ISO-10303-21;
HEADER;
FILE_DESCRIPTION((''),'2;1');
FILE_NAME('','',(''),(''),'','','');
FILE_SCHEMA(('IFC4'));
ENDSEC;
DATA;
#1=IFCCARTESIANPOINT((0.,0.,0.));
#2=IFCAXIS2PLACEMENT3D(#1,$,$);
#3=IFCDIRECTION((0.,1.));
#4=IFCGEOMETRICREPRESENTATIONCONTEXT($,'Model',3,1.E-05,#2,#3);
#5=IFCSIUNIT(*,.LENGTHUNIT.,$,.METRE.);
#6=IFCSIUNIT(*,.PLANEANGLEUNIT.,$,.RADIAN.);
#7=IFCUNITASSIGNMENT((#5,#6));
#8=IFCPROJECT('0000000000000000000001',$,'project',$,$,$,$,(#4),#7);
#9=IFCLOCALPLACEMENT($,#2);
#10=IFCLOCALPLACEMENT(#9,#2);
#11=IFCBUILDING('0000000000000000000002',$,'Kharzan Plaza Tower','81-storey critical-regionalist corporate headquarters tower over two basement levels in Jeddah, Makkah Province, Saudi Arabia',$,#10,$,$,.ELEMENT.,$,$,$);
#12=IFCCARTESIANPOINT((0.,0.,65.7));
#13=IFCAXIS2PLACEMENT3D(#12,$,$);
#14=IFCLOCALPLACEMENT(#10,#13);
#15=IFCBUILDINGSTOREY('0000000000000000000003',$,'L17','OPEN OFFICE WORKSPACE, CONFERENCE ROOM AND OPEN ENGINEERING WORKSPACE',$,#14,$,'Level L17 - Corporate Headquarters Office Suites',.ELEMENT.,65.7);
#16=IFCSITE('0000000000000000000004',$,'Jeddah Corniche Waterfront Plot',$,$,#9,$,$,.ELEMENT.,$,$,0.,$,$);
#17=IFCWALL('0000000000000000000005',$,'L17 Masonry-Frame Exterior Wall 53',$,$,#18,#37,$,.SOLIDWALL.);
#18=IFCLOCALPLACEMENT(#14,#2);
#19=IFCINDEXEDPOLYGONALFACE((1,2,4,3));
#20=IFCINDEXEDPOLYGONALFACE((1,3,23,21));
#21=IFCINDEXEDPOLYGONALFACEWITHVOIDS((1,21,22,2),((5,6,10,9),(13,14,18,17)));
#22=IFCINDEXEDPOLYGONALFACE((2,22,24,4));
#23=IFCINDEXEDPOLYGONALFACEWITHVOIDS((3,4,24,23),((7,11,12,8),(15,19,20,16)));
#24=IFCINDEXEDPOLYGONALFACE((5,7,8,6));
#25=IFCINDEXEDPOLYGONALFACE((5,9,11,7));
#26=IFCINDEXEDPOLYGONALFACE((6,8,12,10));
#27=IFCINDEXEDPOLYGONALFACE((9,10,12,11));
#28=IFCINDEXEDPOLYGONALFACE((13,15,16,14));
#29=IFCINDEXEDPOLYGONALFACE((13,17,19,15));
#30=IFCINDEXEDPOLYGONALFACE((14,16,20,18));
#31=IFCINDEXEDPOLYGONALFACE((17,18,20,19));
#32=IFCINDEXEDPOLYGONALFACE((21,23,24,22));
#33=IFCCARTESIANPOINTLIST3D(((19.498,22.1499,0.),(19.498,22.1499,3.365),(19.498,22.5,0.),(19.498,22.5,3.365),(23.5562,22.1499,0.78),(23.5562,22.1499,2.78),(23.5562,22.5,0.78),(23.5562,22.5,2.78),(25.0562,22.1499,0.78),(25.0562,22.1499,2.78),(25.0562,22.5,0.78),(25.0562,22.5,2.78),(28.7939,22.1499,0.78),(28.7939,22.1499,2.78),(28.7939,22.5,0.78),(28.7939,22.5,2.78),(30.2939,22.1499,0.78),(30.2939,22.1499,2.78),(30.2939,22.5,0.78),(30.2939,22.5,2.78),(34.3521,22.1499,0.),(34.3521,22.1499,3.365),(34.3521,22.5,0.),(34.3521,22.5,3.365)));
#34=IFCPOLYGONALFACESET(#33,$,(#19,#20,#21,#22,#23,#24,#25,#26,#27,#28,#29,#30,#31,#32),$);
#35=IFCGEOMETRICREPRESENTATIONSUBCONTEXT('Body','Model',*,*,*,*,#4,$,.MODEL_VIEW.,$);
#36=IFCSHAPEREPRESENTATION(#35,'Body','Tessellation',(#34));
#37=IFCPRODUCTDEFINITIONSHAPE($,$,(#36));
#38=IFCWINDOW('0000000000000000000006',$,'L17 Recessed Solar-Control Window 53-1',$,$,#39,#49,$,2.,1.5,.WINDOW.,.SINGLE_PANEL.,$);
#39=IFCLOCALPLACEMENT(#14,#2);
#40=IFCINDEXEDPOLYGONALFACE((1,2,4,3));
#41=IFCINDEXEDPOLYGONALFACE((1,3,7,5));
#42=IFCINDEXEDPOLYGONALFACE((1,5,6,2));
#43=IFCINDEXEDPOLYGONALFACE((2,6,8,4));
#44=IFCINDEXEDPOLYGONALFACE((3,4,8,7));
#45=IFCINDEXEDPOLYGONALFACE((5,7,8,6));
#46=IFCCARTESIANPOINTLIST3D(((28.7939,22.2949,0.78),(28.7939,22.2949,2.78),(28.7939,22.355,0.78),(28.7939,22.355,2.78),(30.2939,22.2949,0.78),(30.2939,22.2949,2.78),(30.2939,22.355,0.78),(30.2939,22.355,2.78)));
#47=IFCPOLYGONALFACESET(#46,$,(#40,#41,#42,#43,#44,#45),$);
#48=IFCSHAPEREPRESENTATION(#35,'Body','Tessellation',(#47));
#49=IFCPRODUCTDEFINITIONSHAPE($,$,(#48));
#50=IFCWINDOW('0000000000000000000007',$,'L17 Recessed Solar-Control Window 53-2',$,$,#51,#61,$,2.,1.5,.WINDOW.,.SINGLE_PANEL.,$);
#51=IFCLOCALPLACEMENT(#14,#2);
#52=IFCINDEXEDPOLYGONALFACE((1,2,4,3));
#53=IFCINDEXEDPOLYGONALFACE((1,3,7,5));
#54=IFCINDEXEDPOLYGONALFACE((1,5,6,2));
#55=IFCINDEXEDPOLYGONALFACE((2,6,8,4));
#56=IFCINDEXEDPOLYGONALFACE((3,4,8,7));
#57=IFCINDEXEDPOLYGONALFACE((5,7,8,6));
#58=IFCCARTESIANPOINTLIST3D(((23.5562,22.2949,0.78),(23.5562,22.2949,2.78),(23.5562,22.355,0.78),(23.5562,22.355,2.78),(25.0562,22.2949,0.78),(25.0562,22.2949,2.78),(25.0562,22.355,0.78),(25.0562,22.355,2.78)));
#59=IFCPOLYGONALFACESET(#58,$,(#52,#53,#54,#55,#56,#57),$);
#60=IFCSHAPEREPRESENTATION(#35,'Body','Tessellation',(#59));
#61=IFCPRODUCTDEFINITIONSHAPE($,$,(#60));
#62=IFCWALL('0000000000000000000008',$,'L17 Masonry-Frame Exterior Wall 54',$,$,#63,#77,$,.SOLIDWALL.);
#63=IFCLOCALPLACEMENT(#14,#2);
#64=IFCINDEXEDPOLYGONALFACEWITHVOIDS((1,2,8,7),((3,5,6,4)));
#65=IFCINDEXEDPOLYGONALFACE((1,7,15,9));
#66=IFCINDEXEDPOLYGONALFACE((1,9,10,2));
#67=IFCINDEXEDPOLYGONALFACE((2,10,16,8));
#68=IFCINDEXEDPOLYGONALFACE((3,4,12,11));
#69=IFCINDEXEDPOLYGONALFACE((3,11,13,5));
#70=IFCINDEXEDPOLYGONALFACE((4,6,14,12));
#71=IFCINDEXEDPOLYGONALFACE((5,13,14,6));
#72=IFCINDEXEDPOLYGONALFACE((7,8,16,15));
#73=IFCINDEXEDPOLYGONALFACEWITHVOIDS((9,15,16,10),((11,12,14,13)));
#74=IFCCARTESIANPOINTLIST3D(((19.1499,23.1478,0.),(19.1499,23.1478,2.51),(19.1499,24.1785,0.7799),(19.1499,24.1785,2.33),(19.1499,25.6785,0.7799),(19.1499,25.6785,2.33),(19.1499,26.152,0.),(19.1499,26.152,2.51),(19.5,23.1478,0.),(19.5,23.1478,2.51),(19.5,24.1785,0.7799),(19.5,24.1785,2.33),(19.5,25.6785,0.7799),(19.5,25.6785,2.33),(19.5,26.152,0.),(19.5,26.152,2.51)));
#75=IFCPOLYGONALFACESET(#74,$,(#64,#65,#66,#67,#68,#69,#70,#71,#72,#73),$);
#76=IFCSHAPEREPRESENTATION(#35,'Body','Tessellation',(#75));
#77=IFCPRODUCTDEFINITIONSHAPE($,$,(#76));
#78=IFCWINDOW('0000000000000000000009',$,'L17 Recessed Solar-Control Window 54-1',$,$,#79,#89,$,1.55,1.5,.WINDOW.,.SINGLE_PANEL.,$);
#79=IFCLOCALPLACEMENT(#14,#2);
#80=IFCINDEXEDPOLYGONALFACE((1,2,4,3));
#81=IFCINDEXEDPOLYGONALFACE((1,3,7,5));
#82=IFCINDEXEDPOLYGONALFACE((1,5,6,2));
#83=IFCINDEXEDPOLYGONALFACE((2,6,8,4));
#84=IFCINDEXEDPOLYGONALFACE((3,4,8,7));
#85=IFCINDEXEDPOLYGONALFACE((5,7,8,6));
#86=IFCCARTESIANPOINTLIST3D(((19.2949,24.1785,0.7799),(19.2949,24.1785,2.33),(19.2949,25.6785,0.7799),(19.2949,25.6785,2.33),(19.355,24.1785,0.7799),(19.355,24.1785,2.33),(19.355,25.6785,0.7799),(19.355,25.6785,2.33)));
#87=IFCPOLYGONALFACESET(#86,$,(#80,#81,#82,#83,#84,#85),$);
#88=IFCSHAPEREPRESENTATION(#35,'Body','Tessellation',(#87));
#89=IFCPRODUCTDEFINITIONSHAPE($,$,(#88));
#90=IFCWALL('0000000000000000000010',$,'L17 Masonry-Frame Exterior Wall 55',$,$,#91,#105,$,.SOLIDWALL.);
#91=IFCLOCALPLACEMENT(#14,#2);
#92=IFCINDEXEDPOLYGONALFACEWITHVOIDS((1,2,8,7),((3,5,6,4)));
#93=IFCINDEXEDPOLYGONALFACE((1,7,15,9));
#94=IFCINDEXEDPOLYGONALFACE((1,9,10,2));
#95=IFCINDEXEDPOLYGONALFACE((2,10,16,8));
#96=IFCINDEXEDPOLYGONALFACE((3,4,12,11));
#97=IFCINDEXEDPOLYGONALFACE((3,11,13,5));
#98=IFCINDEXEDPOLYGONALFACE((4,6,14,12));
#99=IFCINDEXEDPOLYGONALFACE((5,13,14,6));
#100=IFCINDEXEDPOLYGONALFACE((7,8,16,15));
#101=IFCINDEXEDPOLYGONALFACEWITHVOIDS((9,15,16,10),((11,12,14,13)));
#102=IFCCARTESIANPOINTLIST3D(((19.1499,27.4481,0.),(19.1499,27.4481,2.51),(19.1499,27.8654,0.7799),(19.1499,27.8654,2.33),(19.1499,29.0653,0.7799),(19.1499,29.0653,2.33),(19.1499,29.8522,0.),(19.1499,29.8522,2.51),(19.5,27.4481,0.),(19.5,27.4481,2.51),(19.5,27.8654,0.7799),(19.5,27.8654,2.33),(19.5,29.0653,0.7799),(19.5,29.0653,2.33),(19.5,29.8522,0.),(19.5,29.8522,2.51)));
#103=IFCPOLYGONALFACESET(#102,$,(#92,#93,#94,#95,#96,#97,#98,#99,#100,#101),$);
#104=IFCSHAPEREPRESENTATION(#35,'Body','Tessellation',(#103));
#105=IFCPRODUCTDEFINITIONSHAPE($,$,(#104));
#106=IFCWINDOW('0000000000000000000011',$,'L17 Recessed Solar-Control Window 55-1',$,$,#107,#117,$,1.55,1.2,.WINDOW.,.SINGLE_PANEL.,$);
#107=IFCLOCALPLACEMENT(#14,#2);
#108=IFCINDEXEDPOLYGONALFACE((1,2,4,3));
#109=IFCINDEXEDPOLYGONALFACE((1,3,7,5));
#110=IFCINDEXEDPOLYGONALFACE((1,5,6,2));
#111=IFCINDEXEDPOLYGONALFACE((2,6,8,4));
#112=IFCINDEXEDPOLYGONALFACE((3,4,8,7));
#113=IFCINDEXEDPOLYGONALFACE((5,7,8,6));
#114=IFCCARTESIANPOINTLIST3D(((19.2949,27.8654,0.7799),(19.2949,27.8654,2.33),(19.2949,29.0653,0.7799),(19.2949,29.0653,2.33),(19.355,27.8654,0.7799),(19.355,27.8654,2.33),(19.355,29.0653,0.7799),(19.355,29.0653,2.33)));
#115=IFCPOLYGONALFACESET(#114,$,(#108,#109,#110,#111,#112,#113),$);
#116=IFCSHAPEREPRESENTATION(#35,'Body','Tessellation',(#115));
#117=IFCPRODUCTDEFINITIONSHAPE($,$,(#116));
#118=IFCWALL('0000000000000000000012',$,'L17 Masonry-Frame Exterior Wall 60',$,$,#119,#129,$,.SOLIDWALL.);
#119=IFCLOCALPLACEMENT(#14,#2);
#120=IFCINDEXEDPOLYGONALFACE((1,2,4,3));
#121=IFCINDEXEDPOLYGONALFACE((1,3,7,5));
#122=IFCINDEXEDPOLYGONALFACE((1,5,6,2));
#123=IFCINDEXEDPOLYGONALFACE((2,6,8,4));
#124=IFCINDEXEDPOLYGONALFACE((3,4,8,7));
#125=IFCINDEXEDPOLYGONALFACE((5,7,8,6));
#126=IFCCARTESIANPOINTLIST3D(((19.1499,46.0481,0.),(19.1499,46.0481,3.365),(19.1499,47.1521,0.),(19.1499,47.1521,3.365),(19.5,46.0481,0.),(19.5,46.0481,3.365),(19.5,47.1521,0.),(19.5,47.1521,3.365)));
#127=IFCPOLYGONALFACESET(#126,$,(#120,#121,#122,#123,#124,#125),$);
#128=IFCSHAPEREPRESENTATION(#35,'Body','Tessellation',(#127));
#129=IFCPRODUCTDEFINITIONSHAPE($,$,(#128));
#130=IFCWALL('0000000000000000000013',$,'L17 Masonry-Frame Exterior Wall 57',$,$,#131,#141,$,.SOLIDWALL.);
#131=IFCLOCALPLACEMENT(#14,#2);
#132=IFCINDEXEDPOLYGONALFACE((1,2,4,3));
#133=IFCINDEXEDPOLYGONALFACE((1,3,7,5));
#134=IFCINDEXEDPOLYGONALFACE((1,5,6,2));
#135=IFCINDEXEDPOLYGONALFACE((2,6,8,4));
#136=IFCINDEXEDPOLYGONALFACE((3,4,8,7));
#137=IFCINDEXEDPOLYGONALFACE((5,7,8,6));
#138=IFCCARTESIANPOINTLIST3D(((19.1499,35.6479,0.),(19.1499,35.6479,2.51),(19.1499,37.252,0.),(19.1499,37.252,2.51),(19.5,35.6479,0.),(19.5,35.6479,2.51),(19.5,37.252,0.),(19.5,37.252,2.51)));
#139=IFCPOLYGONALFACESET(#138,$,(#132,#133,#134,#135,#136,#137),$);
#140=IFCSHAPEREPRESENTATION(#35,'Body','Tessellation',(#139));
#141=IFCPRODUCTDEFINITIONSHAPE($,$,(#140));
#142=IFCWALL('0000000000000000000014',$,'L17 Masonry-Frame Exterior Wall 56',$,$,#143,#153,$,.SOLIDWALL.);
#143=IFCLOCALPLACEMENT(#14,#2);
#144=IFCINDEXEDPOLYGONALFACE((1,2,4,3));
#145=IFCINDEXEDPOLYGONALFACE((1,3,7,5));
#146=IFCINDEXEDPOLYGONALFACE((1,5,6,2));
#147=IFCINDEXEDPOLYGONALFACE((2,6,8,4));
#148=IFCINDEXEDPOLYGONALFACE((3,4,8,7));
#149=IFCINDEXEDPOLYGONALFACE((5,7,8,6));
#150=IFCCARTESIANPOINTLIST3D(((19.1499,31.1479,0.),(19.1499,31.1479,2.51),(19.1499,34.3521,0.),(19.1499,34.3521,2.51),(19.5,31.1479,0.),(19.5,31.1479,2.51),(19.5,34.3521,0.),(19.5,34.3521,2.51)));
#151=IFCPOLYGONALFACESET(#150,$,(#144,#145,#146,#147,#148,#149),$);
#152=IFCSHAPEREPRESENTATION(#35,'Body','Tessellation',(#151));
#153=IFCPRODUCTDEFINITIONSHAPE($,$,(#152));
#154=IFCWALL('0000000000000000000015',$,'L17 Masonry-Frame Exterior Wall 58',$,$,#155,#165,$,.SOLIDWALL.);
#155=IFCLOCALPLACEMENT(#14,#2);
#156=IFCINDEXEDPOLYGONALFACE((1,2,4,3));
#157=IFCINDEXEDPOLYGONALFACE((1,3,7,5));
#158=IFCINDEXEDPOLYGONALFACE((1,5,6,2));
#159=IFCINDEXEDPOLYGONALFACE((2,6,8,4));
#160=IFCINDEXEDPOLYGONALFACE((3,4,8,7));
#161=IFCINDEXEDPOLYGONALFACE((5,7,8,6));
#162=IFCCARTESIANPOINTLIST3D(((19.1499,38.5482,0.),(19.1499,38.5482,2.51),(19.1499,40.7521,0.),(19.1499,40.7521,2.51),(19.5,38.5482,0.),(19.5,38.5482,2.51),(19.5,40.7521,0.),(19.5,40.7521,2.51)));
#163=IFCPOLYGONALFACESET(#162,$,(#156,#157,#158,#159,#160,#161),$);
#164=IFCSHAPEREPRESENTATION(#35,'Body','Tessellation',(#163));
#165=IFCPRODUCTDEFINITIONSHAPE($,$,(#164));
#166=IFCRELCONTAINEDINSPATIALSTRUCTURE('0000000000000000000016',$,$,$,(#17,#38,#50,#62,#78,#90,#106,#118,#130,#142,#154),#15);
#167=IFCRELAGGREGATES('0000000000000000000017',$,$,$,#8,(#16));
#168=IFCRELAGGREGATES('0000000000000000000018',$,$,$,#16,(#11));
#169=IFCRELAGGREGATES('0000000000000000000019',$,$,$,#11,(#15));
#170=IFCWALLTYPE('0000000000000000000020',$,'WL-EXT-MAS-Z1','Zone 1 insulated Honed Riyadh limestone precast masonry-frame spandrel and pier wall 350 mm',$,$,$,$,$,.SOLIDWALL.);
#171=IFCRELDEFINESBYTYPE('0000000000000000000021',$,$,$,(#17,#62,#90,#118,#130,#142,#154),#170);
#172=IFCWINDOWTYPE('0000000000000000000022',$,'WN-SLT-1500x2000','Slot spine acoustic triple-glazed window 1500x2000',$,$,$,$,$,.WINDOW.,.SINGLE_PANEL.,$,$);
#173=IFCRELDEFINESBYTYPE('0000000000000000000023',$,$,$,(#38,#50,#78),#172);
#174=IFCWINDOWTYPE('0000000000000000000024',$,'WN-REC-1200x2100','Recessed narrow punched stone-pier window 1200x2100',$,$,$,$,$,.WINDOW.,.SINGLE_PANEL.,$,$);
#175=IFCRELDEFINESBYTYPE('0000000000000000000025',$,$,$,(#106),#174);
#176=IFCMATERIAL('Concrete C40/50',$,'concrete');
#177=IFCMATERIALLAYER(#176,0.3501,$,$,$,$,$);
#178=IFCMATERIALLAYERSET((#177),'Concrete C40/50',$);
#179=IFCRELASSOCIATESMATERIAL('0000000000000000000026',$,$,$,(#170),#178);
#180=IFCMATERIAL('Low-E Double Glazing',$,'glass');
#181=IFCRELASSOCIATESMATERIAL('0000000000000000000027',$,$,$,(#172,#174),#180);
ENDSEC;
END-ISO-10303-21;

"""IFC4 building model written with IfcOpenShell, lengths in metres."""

from ifc_helpers import new_model, si_unit, direction, frame, frame_2d, origin, place, context, subcontext, project, spatial, rectangle, extrude, source, transform, mapped, material, layer, layer_set, type_object, element, fill, save


model = new_model("IFC4")

# Units and contexts
model_context = context("Model", 3, precision=1e-05, world=origin(), true_north=direction((0.0, 1.0)))
body_context = subcontext(model_context, "Body", "Model", "MODEL_VIEW")
ifc_project = project(units=[si_unit("LENGTHUNIT", "METRE"), si_unit("PLANEANGLEUNIT", "RADIAN")], contexts=[model_context])

# Site, building, storey
site_placement = place(None, origin())
site = spatial("IfcSite", under=ifc_project, at=site_placement, Name="Jeddah Corniche Waterfront Plot", CompositionType="ELEMENT", RefElevation=0.0)
building_placement = place(site_placement, origin())
building = spatial("IfcBuilding", under=site, at=building_placement, Name="Kharzan Plaza Tower", Description="81-storey critical-regionalist corporate headquarters tower over two basement levels in Jeddah, Makkah Province, Saudi Arabia", CompositionType="ELEMENT")
storey_placement = place(building_placement, frame((0.0, 0.0, 65.7)))
storey = spatial("IfcBuildingStorey", under=building, at=storey_placement, Name="L17", Description="OPEN OFFICE WORKSPACE, CONFERENCE ROOM AND OPEN ENGINEERING WORKSPACE", LongName="Level L17 - Corporate Headquarters Office Suites", CompositionType="ELEMENT", Elevation=65.7)

# Shared definitions
ifc_material_1 = material(Name="Concrete C40/50", Category="concrete")
ifc_layer_1 = layer(ifc_material_1, 0.3501)
ifc_layer_set_1 = layer_set([ifc_layer_1], Name="Concrete C40/50")
wall_type = type_object("IfcWallType", Name="WL-EXT-MAS-Z1", Description="Zone 1 insulated Honed Riyadh limestone precast masonry-frame spandrel and pier wall 350 mm", PredefinedType="SOLIDWALL", material=ifc_layer_set_1)
ifc_material_2 = material(Name="Low-E Double Glazing", Category="glass")

# Wall, openings, windows
wall_1_placement = place(storey_placement, frame((34.3521, 22.325, 0.0), z_axis=(0.0, 0.0, 1.0), x_axis=(-1.0, 0.0, 0.0)))
wall_1 = element("IfcWall", 1, at=wall_1_placement, inside=storey, type_object=wall_type, Name="L17 Masonry-Frame Exterior Wall 53", PredefinedType="SOLIDWALL", context=body_context, shape_type="SweptSolid", body=[
    extrude(rectangle(XDim=14.854, YDim=0.3501, at=frame_2d((7.427, 0.0))), origin(), (0.0, 0.0, 1.0), 3.365),
])
opening_1_placement = place(wall_1_placement, frame((4.0581, 0.0, 0.78)))
opening_1 = element("IfcOpeningElement", 2, at=opening_1_placement, cuts=wall_1, PredefinedType="OPENING", context=body_context, shape_type="SweptSolid", body=[
    extrude(rectangle(XDim=1.5, YDim=2.0, at=frame_2d((0.75, 1.0))), frame((0.0, 0.1851, 0.0), z_axis=(0.0, -1.0, 0.0), x_axis=(1.0, 0.0, 0.0)), (0.0, 0.0, 1.0), 0.3701),
])
opening_2_placement = place(wall_1_placement, frame((9.2959, 0.0, 0.78)))
opening_2 = element("IfcOpeningElement", 3, at=opening_2_placement, cuts=wall_1, PredefinedType="OPENING", context=body_context, shape_type="SweptSolid", body=[
    extrude(rectangle(XDim=1.5, YDim=2.0, at=frame_2d((0.75, 1.0))), frame((0.0, 0.1851, 0.0), z_axis=(0.0, -1.0, 0.0), x_axis=(1.0, 0.0, 0.0)), (0.0, 0.0, 1.0), 0.3701),
])
window_type_1 = type_object("IfcWindowType", Name="WN-SLT-1500x2000", Description="Slot spine acoustic triple-glazed window 1500x2000", PartitioningType="SINGLE_PANEL", PredefinedType="WINDOW", material=ifc_material_2)
shared_shape_1 = source(origin(), body_context, "Body", "SweptSolid", [
    extrude(rectangle(XDim=1.5, YDim=2.0, at=frame_2d((0.75, 1.0))), frame((0.0, 0.03, 0.0), z_axis=(0.0, -1.0, 0.0), x_axis=(1.0, 0.0, 0.0)), (0.0, 0.0, 1.0), 0.0601),
])
window_1_placement = place(opening_1_placement, origin())
window_1 = element("IfcWindow", 4, at=window_1_placement, inside=storey, type_object=window_type_1, Name="L17 Recessed Solar-Control Window 53-1", OverallHeight=2.0, OverallWidth=1.5, PartitioningType="SINGLE_PANEL", PredefinedType="WINDOW", context=body_context, shape_type="MappedRepresentation", body=[
    mapped(shared_shape_1, transform((0.0, 0.0, 0.0), x_axis=(1.0, 0.0, 0.0), y_axis=(0.0, 1.0, 0.0), z_axis=(0.0, 0.0, 1.0))),
])
fill(opening_1, window_1)
window_2_placement = place(opening_2_placement, origin())
window_2 = element("IfcWindow", 5, at=window_2_placement, inside=storey, type_object=window_type_1, Name="L17 Recessed Solar-Control Window 53-2", OverallHeight=2.0, OverallWidth=1.5, PartitioningType="SINGLE_PANEL", PredefinedType="WINDOW", context=body_context, shape_type="MappedRepresentation", body=[
    mapped(shared_shape_1, transform((0.0, 0.0, 0.0), x_axis=(1.0, 0.0, 0.0), y_axis=(0.0, 1.0, 0.0), z_axis=(0.0, 0.0, 1.0))),
])
fill(opening_2, window_2)

# Walls, openings, windows
wall_2_placement = place(storey_placement, frame((19.325, 23.1479, 0.0), z_axis=(0.0, 0.0, 1.0), x_axis=(0.0, 1.0, 0.0)))
wall_2 = element("IfcWall", 6, at=wall_2_placement, inside=storey, type_object=wall_type, Name="L17 Masonry-Frame Exterior Wall 54", PredefinedType="SOLIDWALL", context=body_context, shape_type="SweptSolid", body=[
    extrude(rectangle(XDim=3.0042, YDim=0.3501, at=frame_2d((1.502, 0.0))), origin(), (0.0, 0.0, 1.0), 2.51),
])
opening_3_placement = place(wall_2_placement, frame((1.0305, 0.0, 0.78)))
opening_3 = element("IfcOpeningElement", 7, at=opening_3_placement, cuts=wall_2, PredefinedType="OPENING", context=body_context, shape_type="SweptSolid", body=[
    extrude(rectangle(XDim=1.5, YDim=1.55, at=frame_2d((0.75, 0.7749))), frame((0.0, 0.1851, 0.0), z_axis=(0.0, -1.0, 0.0), x_axis=(1.0, 0.0, 0.0)), (0.0, 0.0, 1.0), 0.3701),
])
shared_shape_2 = source(origin(), body_context, "Body", "SweptSolid", [
    extrude(rectangle(XDim=1.5, YDim=1.55, at=frame_2d((0.75, 0.7749))), frame((0.0, 0.03, 0.0), z_axis=(0.0, -1.0, 0.0), x_axis=(1.0, 0.0, 0.0)), (0.0, 0.0, 1.0), 0.0601),
])
window_3_placement = place(opening_3_placement, origin())
window_3 = element("IfcWindow", 8, at=window_3_placement, inside=storey, type_object=window_type_1, Name="L17 Recessed Solar-Control Window 54-1", OverallHeight=1.55, OverallWidth=1.5, PartitioningType="SINGLE_PANEL", PredefinedType="WINDOW", context=body_context, shape_type="MappedRepresentation", body=[
    mapped(shared_shape_2, transform((0.0, 0.0, 0.0), x_axis=(1.0, 0.0, 0.0), y_axis=(0.0, 1.0, 0.0), z_axis=(0.0, 0.0, 1.0))),
])
fill(opening_3, window_3)
wall_3_placement = place(storey_placement, frame((19.325, 27.448, 0.0), z_axis=(0.0, 0.0, 1.0), x_axis=(0.0, 1.0, 0.0)))
wall_3 = element("IfcWall", 9, at=wall_3_placement, inside=storey, type_object=wall_type, Name="L17 Masonry-Frame Exterior Wall 55", PredefinedType="SOLIDWALL", context=body_context, shape_type="SweptSolid", body=[
    extrude(rectangle(XDim=2.4041, YDim=0.3501, at=frame_2d((1.2021, 0.0))), origin(), (0.0, 0.0, 1.0), 2.51),
])
opening_4_placement = place(wall_3_placement, frame((0.4172, 0.0, 0.78)))
opening_4 = element("IfcOpeningElement", 10, at=opening_4_placement, cuts=wall_3, PredefinedType="OPENING", context=body_context, shape_type="SweptSolid", body=[
    extrude(rectangle(XDim=1.2, YDim=1.55, at=frame_2d((0.6001, 0.7749))), frame((0.0, 0.1851, 0.0), z_axis=(0.0, -1.0, 0.0), x_axis=(1.0, 0.0, 0.0)), (0.0, 0.0, 1.0), 0.3701),
])
window_type_2 = type_object("IfcWindowType", Name="WN-REC-1200x2100", Description="Recessed narrow punched stone-pier window 1200x2100", PartitioningType="SINGLE_PANEL", PredefinedType="WINDOW", material=ifc_material_2)
shared_shape_3 = source(origin(), body_context, "Body", "SweptSolid", [
    extrude(rectangle(XDim=1.2, YDim=1.55, at=frame_2d((0.6001, 0.7749))), frame((0.0, 0.03, 0.0), z_axis=(0.0, -1.0, 0.0), x_axis=(1.0, 0.0, 0.0)), (0.0, 0.0, 1.0), 0.0601),
])
window_4_placement = place(opening_4_placement, origin())
window_4 = element("IfcWindow", 11, at=window_4_placement, inside=storey, type_object=window_type_2, Name="L17 Recessed Solar-Control Window 55-1", OverallHeight=1.55, OverallWidth=1.2, PartitioningType="SINGLE_PANEL", PredefinedType="WINDOW", context=body_context, shape_type="MappedRepresentation", body=[
    mapped(shared_shape_3, transform((0.0, 0.0, 0.0), x_axis=(1.0, 0.0, 0.0), y_axis=(0.0, 1.0, 0.0), z_axis=(0.0, 0.0, 1.0))),
])
fill(opening_4, window_4)

# Walls
shared_shape_4 = source(origin(), body_context, "Body", "SweptSolid", [
    extrude(rectangle(XDim=1.104, YDim=0.3501, at=frame_2d((0.552, 0.0))), origin(), (0.0, 0.0, 1.0), 3.365),
])
wall_4_placement = place(storey_placement, frame((19.325, 46.0481, 0.0), z_axis=(0.0, 0.0, 1.0), x_axis=(0.0, 1.0, 0.0)))
element("IfcWall", 12, at=wall_4_placement, inside=storey, type_object=wall_type, Name="L17 Masonry-Frame Exterior Wall 60", PredefinedType="SOLIDWALL", context=body_context, shape_type="MappedRepresentation", body=[
    mapped(shared_shape_4, transform((0.0, 0.0, 0.0), x_axis=(1.0, 0.0, 0.0), y_axis=(0.0, 1.0, 0.0), z_axis=(0.0, 0.0, 1.0))),
])
shared_shape_5 = source(origin(), body_context, "Body", "SweptSolid", [
    extrude(rectangle(XDim=1.604, YDim=0.3501, at=frame_2d((0.802, 0.0))), origin(), (0.0, 0.0, 1.0), 2.51),
])
wall_5_placement = place(storey_placement, frame((19.325, 35.6479, 0.0), z_axis=(0.0, 0.0, 1.0), x_axis=(0.0, 1.0, 0.0)))
element("IfcWall", 13, at=wall_5_placement, inside=storey, type_object=wall_type, Name="L17 Masonry-Frame Exterior Wall 57", PredefinedType="SOLIDWALL", context=body_context, shape_type="MappedRepresentation", body=[
    mapped(shared_shape_5, transform((0.0, 0.0, 0.0), x_axis=(1.0, 0.0, 0.0), y_axis=(0.0, 1.0, 0.0), z_axis=(0.0, 0.0, 1.0))),
])
shared_shape_6 = source(origin(), body_context, "Body", "SweptSolid", [
    extrude(rectangle(XDim=3.2041, YDim=0.3501, at=frame_2d((1.6021, 0.0))), origin(), (0.0, 0.0, 1.0), 2.51),
])
wall_6_placement = place(storey_placement, frame((19.325, 31.1479, 0.0), z_axis=(0.0, 0.0, 1.0), x_axis=(0.0, 1.0, 0.0)))
element("IfcWall", 14, at=wall_6_placement, inside=storey, type_object=wall_type, Name="L17 Masonry-Frame Exterior Wall 56", PredefinedType="SOLIDWALL", context=body_context, shape_type="MappedRepresentation", body=[
    mapped(shared_shape_6, transform((0.0, 0.0, 0.0), x_axis=(1.0, 0.0, 0.0), y_axis=(0.0, 1.0, 0.0), z_axis=(0.0, 0.0, 1.0))),
])
shared_shape_7 = source(origin(), body_context, "Body", "SweptSolid", [
    extrude(rectangle(XDim=2.2039, YDim=0.3501, at=frame_2d((1.1021, 0.0))), origin(), (0.0, 0.0, 1.0), 2.51),
])
wall_7_placement = place(storey_placement, frame((19.325, 38.5481, 0.0), z_axis=(0.0, 0.0, 1.0), x_axis=(0.0, 1.0, 0.0)))
element("IfcWall", 15, at=wall_7_placement, inside=storey, type_object=wall_type, Name="L17 Masonry-Frame Exterior Wall 58", PredefinedType="SOLIDWALL", context=body_context, shape_type="MappedRepresentation", body=[
    mapped(shared_shape_7, transform((0.0, 0.0, 0.0), x_axis=(1.0, 0.0, 0.0), y_axis=(0.0, 1.0, 0.0), z_axis=(0.0, 0.0, 1.0))),
])

save(model, "model.ifc")
